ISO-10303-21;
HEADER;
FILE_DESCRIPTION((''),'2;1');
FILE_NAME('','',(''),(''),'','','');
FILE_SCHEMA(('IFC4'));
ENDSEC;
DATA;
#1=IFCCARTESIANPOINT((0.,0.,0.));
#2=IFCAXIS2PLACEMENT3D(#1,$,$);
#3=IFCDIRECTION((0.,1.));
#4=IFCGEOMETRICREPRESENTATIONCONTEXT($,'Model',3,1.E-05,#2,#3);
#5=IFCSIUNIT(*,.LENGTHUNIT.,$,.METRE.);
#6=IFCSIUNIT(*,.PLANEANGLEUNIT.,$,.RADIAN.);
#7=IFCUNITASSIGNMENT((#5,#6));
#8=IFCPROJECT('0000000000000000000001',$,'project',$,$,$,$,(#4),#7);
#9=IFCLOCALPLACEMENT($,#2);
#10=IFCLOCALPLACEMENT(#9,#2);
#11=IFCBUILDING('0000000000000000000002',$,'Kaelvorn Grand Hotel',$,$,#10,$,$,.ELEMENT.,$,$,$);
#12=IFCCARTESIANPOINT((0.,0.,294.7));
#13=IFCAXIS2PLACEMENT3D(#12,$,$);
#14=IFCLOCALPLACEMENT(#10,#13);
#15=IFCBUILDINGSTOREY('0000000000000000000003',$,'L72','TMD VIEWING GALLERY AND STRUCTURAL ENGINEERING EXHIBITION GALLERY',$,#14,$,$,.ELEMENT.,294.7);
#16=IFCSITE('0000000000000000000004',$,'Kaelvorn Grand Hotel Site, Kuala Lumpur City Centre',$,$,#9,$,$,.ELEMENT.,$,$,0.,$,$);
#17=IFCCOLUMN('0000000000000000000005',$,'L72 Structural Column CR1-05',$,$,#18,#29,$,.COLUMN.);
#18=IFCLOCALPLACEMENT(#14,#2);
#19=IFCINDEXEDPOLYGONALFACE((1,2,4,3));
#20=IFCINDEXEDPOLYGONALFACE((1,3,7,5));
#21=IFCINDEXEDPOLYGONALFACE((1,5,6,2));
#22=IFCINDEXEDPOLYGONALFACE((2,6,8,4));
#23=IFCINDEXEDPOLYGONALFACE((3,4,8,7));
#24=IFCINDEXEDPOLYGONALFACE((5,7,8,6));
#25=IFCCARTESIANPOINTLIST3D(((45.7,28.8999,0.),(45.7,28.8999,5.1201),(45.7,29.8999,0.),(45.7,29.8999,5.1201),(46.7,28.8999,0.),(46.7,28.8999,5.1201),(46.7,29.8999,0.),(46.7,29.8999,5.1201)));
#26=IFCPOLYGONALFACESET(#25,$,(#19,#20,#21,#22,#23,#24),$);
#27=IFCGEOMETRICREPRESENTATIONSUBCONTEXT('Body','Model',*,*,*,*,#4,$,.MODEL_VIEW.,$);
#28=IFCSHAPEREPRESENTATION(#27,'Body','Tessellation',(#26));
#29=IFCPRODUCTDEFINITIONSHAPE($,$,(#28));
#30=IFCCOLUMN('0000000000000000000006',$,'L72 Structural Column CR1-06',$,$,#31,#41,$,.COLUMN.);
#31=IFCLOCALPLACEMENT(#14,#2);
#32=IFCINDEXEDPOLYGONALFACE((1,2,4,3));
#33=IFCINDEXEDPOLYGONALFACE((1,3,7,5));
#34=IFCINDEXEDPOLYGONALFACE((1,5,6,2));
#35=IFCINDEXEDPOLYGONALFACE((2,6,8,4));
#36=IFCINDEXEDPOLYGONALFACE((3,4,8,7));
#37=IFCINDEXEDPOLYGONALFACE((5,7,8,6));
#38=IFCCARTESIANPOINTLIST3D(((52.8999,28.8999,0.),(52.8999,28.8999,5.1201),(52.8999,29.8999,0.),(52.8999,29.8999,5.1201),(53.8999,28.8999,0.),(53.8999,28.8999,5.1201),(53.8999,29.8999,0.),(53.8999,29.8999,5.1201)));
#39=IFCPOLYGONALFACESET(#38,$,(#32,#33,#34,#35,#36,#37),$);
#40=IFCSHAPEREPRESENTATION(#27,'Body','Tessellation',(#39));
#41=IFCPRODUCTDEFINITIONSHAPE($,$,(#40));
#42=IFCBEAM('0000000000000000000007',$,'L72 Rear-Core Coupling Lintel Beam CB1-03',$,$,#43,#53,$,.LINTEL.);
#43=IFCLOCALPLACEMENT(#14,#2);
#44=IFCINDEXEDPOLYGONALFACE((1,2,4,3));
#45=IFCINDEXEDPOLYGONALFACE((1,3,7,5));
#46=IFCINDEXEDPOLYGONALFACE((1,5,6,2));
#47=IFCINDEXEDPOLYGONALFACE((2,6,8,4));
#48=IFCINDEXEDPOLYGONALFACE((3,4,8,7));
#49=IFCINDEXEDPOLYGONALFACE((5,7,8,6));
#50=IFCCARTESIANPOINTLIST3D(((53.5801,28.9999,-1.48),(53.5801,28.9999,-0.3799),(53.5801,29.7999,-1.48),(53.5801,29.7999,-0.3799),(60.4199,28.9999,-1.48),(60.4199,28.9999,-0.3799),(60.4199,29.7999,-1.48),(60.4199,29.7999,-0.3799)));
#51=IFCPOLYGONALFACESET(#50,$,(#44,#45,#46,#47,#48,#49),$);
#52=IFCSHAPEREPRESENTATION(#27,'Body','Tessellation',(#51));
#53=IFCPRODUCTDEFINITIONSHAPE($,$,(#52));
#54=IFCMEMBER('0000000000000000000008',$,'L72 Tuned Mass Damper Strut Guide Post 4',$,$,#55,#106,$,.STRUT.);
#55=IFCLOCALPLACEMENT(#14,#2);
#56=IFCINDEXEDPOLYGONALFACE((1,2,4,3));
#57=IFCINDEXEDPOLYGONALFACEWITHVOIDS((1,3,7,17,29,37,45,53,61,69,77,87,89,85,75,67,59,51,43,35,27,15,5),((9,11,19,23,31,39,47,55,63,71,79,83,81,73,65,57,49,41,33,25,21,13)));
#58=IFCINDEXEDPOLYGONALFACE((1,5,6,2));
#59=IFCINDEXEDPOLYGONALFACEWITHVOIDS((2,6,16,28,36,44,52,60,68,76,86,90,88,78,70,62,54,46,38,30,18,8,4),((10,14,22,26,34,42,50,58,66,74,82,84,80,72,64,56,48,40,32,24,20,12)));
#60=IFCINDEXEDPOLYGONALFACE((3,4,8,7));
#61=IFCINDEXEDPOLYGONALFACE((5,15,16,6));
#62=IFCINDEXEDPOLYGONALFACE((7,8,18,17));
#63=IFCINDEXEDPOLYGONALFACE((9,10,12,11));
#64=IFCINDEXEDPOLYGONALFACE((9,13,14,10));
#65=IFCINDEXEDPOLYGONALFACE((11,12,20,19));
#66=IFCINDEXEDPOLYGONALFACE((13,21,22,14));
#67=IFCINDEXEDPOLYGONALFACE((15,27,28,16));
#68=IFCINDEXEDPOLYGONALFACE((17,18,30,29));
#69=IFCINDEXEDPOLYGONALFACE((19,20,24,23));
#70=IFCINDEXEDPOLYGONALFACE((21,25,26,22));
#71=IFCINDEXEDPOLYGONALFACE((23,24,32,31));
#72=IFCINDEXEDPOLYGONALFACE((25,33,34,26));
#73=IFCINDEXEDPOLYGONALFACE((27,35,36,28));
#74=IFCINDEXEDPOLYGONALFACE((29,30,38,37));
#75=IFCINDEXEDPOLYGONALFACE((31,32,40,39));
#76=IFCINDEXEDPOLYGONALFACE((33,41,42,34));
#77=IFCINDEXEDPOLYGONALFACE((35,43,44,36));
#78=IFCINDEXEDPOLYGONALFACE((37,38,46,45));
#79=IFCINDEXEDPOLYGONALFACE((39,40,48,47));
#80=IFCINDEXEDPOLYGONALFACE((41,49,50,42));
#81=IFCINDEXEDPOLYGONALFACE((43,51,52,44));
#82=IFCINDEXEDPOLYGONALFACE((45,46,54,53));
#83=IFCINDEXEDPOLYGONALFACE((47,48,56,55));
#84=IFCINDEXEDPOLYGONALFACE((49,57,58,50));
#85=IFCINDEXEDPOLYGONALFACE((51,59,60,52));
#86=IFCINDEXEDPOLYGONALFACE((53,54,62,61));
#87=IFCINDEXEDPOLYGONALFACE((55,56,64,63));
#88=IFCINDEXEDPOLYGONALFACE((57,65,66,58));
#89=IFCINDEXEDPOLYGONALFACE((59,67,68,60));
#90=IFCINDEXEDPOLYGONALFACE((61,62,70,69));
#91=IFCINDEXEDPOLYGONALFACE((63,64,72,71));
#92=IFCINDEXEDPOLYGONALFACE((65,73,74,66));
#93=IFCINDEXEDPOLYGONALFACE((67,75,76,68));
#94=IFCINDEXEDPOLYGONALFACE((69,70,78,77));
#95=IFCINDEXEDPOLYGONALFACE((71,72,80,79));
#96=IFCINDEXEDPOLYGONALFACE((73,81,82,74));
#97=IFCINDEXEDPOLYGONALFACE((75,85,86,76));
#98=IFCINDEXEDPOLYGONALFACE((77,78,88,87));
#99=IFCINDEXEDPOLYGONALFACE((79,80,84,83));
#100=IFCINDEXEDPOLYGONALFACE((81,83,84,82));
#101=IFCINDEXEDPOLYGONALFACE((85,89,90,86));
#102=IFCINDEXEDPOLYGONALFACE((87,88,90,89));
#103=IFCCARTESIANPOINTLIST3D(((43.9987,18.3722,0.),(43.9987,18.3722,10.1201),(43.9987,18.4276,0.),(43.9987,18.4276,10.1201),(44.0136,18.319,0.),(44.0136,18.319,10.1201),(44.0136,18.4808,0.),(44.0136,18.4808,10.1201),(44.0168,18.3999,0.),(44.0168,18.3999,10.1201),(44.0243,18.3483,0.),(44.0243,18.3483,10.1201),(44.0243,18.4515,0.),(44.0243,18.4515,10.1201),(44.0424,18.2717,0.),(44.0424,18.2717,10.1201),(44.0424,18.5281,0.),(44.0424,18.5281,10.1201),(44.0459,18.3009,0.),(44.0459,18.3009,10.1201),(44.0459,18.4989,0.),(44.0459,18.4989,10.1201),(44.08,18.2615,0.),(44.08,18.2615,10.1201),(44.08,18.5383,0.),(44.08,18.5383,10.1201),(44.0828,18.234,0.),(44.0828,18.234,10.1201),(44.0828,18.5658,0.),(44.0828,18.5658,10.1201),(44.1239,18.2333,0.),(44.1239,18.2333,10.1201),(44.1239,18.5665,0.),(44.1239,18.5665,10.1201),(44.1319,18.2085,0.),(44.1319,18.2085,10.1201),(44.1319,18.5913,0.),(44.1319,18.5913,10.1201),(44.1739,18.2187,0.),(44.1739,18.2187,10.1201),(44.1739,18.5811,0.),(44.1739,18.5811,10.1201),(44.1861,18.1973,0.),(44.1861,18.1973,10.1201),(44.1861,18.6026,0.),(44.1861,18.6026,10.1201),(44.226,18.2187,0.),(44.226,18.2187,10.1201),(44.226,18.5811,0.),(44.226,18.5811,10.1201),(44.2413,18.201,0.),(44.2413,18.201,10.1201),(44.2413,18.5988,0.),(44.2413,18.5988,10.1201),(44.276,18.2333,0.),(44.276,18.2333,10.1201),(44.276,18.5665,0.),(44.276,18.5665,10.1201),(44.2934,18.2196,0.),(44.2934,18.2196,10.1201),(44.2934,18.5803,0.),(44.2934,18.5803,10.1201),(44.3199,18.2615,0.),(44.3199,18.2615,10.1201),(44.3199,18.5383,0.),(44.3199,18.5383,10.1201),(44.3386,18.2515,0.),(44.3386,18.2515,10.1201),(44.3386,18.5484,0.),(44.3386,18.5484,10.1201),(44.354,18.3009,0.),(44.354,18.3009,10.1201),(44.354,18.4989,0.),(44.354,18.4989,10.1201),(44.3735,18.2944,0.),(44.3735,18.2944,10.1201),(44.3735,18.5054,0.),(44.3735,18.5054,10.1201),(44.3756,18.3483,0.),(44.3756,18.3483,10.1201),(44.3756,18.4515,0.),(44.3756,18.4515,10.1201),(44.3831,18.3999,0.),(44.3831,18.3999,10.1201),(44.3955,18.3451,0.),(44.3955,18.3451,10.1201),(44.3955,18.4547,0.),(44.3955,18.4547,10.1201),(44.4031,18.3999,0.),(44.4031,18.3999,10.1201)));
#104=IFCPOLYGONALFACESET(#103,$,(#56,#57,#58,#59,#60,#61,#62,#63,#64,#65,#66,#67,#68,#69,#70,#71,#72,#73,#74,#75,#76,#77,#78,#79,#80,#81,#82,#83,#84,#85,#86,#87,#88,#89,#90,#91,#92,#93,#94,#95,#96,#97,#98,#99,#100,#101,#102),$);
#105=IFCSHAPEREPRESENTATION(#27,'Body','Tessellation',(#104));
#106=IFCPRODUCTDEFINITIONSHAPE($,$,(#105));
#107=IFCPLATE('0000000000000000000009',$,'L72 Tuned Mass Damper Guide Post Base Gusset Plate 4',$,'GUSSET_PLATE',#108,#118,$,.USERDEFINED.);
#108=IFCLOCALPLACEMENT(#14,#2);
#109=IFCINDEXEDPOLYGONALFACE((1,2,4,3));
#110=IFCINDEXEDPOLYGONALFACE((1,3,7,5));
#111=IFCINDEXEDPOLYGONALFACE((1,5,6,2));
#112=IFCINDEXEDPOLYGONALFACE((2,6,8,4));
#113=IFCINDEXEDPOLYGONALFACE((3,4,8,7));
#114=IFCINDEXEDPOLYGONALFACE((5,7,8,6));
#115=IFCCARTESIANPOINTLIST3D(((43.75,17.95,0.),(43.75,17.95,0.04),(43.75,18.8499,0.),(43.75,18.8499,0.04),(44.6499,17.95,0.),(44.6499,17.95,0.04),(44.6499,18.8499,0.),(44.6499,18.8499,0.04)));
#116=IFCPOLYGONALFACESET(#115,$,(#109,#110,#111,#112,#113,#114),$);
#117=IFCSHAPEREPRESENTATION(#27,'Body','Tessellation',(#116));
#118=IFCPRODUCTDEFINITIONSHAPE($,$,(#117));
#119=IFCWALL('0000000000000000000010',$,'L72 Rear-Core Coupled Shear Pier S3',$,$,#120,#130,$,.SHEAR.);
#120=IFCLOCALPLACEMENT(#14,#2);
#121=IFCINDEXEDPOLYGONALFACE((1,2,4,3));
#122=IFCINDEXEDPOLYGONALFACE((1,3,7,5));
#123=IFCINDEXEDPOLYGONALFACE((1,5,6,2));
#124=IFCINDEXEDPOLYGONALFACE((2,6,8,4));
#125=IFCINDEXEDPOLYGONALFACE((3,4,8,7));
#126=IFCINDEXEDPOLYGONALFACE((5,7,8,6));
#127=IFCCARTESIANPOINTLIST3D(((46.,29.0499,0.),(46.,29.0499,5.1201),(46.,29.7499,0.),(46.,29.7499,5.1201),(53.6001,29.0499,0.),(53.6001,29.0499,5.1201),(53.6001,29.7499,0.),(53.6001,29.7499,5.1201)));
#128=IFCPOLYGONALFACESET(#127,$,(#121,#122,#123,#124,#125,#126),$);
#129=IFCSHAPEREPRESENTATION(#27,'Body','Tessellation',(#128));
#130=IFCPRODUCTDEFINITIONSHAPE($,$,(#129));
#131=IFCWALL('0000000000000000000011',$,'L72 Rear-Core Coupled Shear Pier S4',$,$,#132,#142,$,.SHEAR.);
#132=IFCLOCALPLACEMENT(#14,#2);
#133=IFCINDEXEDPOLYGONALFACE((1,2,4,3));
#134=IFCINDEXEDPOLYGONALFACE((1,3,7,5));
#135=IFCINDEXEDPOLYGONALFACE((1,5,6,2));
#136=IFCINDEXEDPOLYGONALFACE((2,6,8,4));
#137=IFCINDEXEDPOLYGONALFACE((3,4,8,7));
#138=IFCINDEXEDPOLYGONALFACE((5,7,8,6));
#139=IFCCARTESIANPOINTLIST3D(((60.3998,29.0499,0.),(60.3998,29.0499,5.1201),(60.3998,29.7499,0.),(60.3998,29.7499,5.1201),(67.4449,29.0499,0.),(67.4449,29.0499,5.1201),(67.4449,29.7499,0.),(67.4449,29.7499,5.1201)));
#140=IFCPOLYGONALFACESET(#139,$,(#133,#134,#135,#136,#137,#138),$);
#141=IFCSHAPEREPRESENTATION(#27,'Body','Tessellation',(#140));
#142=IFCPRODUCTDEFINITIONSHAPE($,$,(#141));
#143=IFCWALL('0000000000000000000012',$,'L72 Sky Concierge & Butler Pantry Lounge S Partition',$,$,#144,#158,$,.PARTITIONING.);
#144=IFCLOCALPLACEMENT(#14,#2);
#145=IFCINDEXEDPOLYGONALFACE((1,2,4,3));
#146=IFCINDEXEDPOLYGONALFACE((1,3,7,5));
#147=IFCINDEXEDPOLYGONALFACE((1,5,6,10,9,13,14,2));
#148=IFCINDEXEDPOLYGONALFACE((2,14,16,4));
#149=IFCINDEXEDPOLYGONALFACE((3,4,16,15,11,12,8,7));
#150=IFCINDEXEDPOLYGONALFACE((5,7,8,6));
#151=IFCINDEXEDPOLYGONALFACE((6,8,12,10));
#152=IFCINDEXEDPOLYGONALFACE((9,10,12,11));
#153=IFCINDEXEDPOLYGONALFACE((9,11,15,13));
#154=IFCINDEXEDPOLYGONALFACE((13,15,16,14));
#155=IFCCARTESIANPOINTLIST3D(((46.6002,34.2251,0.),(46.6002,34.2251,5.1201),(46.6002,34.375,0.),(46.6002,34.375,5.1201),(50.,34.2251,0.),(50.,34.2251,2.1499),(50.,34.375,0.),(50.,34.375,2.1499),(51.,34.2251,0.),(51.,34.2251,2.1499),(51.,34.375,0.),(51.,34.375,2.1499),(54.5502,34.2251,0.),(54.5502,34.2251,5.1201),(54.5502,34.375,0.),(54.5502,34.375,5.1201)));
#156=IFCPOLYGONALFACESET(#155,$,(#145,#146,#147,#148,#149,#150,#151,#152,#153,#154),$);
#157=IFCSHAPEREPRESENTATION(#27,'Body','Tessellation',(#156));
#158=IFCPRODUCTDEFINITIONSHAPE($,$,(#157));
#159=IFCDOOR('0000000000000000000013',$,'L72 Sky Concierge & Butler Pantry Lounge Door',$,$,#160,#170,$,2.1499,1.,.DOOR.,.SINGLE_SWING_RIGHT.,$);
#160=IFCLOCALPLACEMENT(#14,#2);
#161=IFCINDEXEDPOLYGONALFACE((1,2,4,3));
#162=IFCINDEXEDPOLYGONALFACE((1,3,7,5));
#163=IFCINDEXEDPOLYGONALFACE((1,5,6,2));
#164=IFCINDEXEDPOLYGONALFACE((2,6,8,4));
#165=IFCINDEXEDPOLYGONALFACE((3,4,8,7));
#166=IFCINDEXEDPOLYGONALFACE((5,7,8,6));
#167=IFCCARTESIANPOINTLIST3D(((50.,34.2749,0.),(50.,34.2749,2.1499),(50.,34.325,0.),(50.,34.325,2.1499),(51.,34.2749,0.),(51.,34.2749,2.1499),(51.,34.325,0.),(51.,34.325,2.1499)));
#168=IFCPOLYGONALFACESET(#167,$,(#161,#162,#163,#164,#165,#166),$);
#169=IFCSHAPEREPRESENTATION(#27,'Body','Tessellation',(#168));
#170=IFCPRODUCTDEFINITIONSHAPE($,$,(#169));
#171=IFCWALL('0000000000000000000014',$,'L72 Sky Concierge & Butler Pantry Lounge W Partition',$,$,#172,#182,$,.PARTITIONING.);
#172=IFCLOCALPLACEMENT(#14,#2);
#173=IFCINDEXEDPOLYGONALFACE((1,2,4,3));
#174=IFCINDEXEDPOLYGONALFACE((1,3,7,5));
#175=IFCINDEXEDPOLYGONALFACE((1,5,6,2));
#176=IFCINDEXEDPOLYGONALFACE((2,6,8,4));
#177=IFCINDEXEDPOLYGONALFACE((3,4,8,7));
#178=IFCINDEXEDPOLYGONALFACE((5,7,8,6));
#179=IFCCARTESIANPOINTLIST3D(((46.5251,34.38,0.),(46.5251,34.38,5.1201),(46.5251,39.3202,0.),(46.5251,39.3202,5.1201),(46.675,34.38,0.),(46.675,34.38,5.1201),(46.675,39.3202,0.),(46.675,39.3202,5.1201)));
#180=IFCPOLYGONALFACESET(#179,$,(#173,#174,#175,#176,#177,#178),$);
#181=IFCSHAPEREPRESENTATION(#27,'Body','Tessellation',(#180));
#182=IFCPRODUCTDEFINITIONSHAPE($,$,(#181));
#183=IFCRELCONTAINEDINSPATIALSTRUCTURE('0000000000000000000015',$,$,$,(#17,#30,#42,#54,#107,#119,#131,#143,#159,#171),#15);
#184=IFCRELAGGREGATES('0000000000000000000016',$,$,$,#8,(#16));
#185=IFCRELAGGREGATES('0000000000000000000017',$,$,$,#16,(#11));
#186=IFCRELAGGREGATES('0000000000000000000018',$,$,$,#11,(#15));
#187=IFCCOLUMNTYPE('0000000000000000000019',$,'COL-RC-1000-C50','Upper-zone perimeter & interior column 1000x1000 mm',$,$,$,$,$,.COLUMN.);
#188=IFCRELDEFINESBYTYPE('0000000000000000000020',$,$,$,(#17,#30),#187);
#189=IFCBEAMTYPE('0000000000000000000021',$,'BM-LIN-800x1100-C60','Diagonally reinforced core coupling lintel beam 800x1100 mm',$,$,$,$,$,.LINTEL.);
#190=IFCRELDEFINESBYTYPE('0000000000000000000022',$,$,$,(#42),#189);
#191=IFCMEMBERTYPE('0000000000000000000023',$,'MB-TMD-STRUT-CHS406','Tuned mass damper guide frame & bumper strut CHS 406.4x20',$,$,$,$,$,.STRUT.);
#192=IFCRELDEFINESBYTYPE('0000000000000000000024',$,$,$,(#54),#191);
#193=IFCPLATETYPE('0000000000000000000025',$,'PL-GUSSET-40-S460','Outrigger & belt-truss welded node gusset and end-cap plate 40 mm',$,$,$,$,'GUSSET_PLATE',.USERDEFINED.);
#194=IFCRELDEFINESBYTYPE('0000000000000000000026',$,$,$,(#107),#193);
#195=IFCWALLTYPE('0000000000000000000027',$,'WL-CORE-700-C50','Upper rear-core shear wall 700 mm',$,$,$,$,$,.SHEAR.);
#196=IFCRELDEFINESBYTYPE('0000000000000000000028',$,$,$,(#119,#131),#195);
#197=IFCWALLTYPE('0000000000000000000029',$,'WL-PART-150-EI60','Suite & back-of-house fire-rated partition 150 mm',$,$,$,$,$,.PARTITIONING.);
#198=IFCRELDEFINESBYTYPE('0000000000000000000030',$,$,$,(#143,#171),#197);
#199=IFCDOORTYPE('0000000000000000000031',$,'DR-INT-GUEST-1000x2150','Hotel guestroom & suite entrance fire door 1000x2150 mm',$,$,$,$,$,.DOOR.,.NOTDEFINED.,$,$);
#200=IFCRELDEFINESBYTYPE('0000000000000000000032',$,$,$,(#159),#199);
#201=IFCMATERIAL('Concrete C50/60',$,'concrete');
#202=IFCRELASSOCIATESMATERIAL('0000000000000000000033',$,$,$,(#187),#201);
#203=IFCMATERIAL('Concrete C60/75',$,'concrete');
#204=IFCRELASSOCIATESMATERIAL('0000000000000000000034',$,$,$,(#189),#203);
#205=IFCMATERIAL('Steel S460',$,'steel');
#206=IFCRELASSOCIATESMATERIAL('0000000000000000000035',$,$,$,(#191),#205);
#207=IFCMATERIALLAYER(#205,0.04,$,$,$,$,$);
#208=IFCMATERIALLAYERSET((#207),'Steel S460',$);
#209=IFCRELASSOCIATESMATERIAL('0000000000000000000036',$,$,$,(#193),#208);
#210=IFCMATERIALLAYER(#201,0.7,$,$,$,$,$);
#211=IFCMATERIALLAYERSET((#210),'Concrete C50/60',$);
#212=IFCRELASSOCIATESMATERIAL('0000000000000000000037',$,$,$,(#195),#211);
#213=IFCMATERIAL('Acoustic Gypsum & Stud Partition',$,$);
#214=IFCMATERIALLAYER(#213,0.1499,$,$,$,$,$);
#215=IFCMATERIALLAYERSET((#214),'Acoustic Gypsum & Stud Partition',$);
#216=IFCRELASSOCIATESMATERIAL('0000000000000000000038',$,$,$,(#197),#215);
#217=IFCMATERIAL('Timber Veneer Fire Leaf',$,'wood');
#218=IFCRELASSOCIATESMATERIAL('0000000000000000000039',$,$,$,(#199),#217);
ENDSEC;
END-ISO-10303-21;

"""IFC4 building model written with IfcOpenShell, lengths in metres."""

from ifc_helpers import new_model, si_unit, direction, frame, frame_2d, origin, origin_2d, place, context, subcontext, project, spatial, rectangle, hollow_circle, extrude, material, layer, layer_set, material_profile, profile_set, type_object, element, fill, save


model = new_model("IFC4")

# Units and contexts
model_context = context("Model", 3, precision=1e-05, world=origin(), true_north=direction((0.0, 1.0)))
body_context = subcontext(model_context, "Body", "Model", "MODEL_VIEW")
ifc_project = project(units=[si_unit("LENGTHUNIT", "METRE"), si_unit("PLANEANGLEUNIT", "RADIAN")], contexts=[model_context])

# Site, building, storey
site_placement = place(None, origin())
site = spatial("IfcSite", under=ifc_project, at=site_placement, Name="Kaelvorn Grand Hotel Site, Kuala Lumpur City Centre", CompositionType="ELEMENT", RefElevation=0.0)
building_placement = place(site_placement, origin())
building = spatial("IfcBuilding", under=site, at=building_placement, Name="Kaelvorn Grand Hotel", CompositionType="ELEMENT")
storey_placement = place(building_placement, frame((0.0, 0.0, 294.7)))
storey = spatial("IfcBuildingStorey", under=building, at=storey_placement, Name="L72", Description="TMD VIEWING GALLERY AND STRUCTURAL ENGINEERING EXHIBITION GALLERY", CompositionType="ELEMENT", Elevation=294.7)

# Columns
ifc_material_1 = material(Name="Concrete C50/60", Category="concrete")
ifc_material_profile_1 = material_profile(ifc_material_1, rectangle(XDim=1.0, YDim=1.0, at=origin_2d()), Name="RC COL 1000x1000")
ifc_profile_set_1 = profile_set([ifc_material_profile_1], Name="Concrete C50/60")
column_type = type_object("IfcColumnType", Name="COL-RC-1000-C50", Description="Upper-zone perimeter & interior column 1000x1000 mm", PredefinedType="COLUMN", material=ifc_profile_set_1)
for number, where, z_axis, x_axis, name in (
    (1, (46.2, 29.3999, 0.0), (0.0, 0.0, 1.0), (1.0, 0.0, 0.0), "L72 Structural Column CR1-05"),
    (2, (53.3999, 29.3999, 0.0), (0.0, 0.0, 1.0), (1.0, 0.0, 0.0), "L72 Structural Column CR1-06"),
):
    element("IfcColumn", number, at=place(storey_placement, frame(where, z_axis=z_axis, x_axis=x_axis)), inside=storey, type_object=column_type, Name=name, PredefinedType="COLUMN", context=body_context, shape_type="SweptSolid", body=[
        extrude(rectangle(XDim=1.0, YDim=1.0, at=origin_2d()), origin(), (0.0, 0.0, 1.0), 5.1201),
    ])

# Beam
ifc_material_2 = material(Name="Concrete C60/75", Category="concrete")
ifc_material_profile_2 = material_profile(ifc_material_2, rectangle(XDim=0.8, YDim=1.1001, at=origin_2d()), Name="RC LINTEL 800x1100")
ifc_profile_set_2 = profile_set([ifc_material_profile_2], Name="Concrete C60/75")
beam_type = type_object("IfcBeamType", Name="BM-LIN-800x1100-C60", Description="Diagonally reinforced core coupling lintel beam 800x1100 mm", PredefinedType="LINTEL", material=ifc_profile_set_2)
beam_placement = place(storey_placement, frame((53.5801, 29.3999, -0.9299), z_axis=(1.0, 0.0, 0.0), x_axis=(0.0, 1.0, 0.0)))
element("IfcBeam", 3, at=beam_placement, inside=storey, type_object=beam_type, Name="L72 Rear-Core Coupling Lintel Beam CB1-03", PredefinedType="LINTEL", context=body_context, shape_type="SweptSolid", body=[
    extrude(rectangle(XDim=0.8, YDim=1.1001, at=origin_2d()), origin(), (0.0, 0.0, 1.0), 6.8398),
])

# Member
ifc_material_3 = material(Name="Steel S460", Category="steel")
ifc_material_profile_3 = material_profile(ifc_material_3, hollow_circle(Radius=0.2031, WallThickness=0.02, at=origin_2d()), Name="CHS 406.4x20.0")
ifc_profile_set_3 = profile_set([ifc_material_profile_3], Name="Steel S460")
member_type = type_object("IfcMemberType", Name="MB-TMD-STRUT-CHS406", Description="Tuned mass damper guide frame & bumper strut CHS 406.4x20", PredefinedType="STRUT", material=ifc_profile_set_3)
member_placement = place(storey_placement, frame((44.2, 18.3999, 0.0), z_axis=(0.0, 0.0, 1.0), x_axis=(1.0, 0.0, 0.0)))
element("IfcMember", 4, at=member_placement, inside=storey, type_object=member_type, Name="L72 Tuned Mass Damper Strut Guide Post 4", PredefinedType="STRUT", context=body_context, shape_type="SweptSolid", body=[
    extrude(hollow_circle(Radius=0.2031, WallThickness=0.02, at=origin_2d()), origin(), (0.0, 0.0, 1.0), 10.1201),
])

# Plate
ifc_layer_1 = layer(ifc_material_3, 0.04)
ifc_layer_set_1 = layer_set([ifc_layer_1], Name="Steel S460")
plate_type = type_object("IfcPlateType", Name="PL-GUSSET-40-S460", Description="Outrigger & belt-truss welded node gusset and end-cap plate 40 mm", ElementType="GUSSET_PLATE", PredefinedType="USERDEFINED", material=ifc_layer_set_1)
plate_placement = place(storey_placement, frame((44.2, 18.3999, 0.0), z_axis=(0.0, 0.0, 1.0), x_axis=(1.0, 0.0, 0.0)))
element("IfcPlate", 5, at=plate_placement, inside=storey, type_object=plate_type, Name="L72 Tuned Mass Damper Guide Post Base Gusset Plate 4", ObjectType="GUSSET_PLATE", PredefinedType="USERDEFINED", context=body_context, shape_type="SweptSolid", body=[
    extrude(rectangle(XDim=0.8999, YDim=0.8999, at=origin_2d()), origin(), (0.0, 0.0, 1.0), 0.04),
])

# Walls
ifc_layer_2 = layer(ifc_material_1, 0.7)
ifc_layer_set_2 = layer_set([ifc_layer_2], Name="Concrete C50/60")
wall_type_1 = type_object("IfcWallType", Name="WL-CORE-700-C50", Description="Upper rear-core shear wall 700 mm", PredefinedType="SHEAR", material=ifc_layer_set_2)
wall_1_placement = place(storey_placement, frame((46.0, 29.3999, 0.0), z_axis=(0.0, 0.0, 1.0), x_axis=(1.0, 0.0, 0.0)))
element("IfcWall", 6, at=wall_1_placement, inside=storey, type_object=wall_type_1, Name="L72 Rear-Core Coupled Shear Pier S3", PredefinedType="SHEAR", context=body_context, shape_type="SweptSolid", body=[
    extrude(rectangle(XDim=7.6001, YDim=0.7, at=frame_2d((3.8, 0.0))), origin(), (0.0, 0.0, 1.0), 5.1201),
])
wall_2_placement = place(storey_placement, frame((60.3999, 29.3999, 0.0), z_axis=(0.0, 0.0, 1.0), x_axis=(1.0, 0.0, 0.0)))
element("IfcWall", 7, at=wall_2_placement, inside=storey, type_object=wall_type_1, Name="L72 Rear-Core Coupled Shear Pier S4", PredefinedType="SHEAR", context=body_context, shape_type="SweptSolid", body=[
    extrude(rectangle(XDim=7.0452, YDim=0.7, at=frame_2d((3.5225, 0.0))), origin(), (0.0, 0.0, 1.0), 5.1201),
])

# Wall, opening, door
ifc_material_4 = material(Name="Acoustic Gypsum & Stud Partition")
ifc_layer_3 = layer(ifc_material_4, 0.1499)
ifc_layer_set_3 = layer_set([ifc_layer_3], Name="Acoustic Gypsum & Stud Partition")
wall_type_2 = type_object("IfcWallType", Name="WL-PART-150-EI60", Description="Suite & back-of-house fire-rated partition 150 mm", PredefinedType="PARTITIONING", material=ifc_layer_set_3)
wall_3_placement = place(storey_placement, frame((46.6001, 34.3, 0.0), z_axis=(0.0, 0.0, 1.0), x_axis=(1.0, 0.0, 0.0)))
wall_3 = element("IfcWall", 8, at=wall_3_placement, inside=storey, type_object=wall_type_2, Name="L72 Sky Concierge & Butler Pantry Lounge S Partition", PredefinedType="PARTITIONING", context=body_context, shape_type="SweptSolid", body=[
    extrude(rectangle(XDim=7.95, YDim=0.1499, at=frame_2d((3.9751, 0.0))), origin(), (0.0, 0.0, 1.0), 5.1201),
])
opening_1_placement = place(wall_3_placement, frame((3.3999, 0.0, 0.0)))
opening_1 = element("IfcOpeningElement", 9, at=opening_1_placement, cuts=wall_3, PredefinedType="OPENING", context=body_context, shape_type="SweptSolid", body=[
    extrude(rectangle(XDim=1.0, YDim=2.1499, at=frame_2d((0.5, 1.075))), frame((0.0, 0.085, 0.0), z_axis=(0.0, -1.0, 0.0), x_axis=(1.0, 0.0, 0.0)), (0.0, 0.0, 1.0), 0.1699),
])
ifc_material_5 = material(Name="Timber Veneer Fire Leaf", Category="wood")
door_type_1 = type_object("IfcDoorType", Name="DR-INT-GUEST-1000x2150", Description="Hotel guestroom & suite entrance fire door 1000x2150 mm", OperationType="NOTDEFINED", PredefinedType="DOOR", material=ifc_material_5)
door_1_placement = place(opening_1_placement, origin())
door_1 = element("IfcDoor", 10, at=door_1_placement, inside=storey, type_object=door_type_1, Name="L72 Sky Concierge & Butler Pantry Lounge Door", OperationType="SINGLE_SWING_RIGHT", OverallHeight=2.1499, OverallWidth=1.0, PredefinedType="DOOR", context=body_context, shape_type="SweptSolid", body=[
    extrude(rectangle(XDim=1.0, YDim=2.1499, at=frame_2d((0.5, 1.075))), frame((0.0, 0.0249, 0.0), z_axis=(0.0, -1.0, 0.0), x_axis=(1.0, 0.0, 0.0)), (0.0, 0.0, 1.0), 0.05),
])
fill(opening_1, door_1)

# Wall
for number, where, z_axis, x_axis, name in (
    (11, (46.6001, 34.3799, 0.0), (0.0, 0.0, 1.0), (0.0, 1.0, 0.0), "L72 Sky Concierge & Butler Pantry Lounge W Partition"),
):
    element("IfcWall", number, at=place(storey_placement, frame(where, z_axis=z_axis, x_axis=x_axis)), inside=storey, type_object=wall_type_2, Name=name, PredefinedType="PARTITIONING", context=body_context, shape_type="SweptSolid", body=[
        extrude(rectangle(XDim=4.9402, YDim=0.1499, at=frame_2d((2.4702, 0.0))), origin(), (0.0, 0.0, 1.0), 5.1201),
    ])

save(model, "model.ifc")
